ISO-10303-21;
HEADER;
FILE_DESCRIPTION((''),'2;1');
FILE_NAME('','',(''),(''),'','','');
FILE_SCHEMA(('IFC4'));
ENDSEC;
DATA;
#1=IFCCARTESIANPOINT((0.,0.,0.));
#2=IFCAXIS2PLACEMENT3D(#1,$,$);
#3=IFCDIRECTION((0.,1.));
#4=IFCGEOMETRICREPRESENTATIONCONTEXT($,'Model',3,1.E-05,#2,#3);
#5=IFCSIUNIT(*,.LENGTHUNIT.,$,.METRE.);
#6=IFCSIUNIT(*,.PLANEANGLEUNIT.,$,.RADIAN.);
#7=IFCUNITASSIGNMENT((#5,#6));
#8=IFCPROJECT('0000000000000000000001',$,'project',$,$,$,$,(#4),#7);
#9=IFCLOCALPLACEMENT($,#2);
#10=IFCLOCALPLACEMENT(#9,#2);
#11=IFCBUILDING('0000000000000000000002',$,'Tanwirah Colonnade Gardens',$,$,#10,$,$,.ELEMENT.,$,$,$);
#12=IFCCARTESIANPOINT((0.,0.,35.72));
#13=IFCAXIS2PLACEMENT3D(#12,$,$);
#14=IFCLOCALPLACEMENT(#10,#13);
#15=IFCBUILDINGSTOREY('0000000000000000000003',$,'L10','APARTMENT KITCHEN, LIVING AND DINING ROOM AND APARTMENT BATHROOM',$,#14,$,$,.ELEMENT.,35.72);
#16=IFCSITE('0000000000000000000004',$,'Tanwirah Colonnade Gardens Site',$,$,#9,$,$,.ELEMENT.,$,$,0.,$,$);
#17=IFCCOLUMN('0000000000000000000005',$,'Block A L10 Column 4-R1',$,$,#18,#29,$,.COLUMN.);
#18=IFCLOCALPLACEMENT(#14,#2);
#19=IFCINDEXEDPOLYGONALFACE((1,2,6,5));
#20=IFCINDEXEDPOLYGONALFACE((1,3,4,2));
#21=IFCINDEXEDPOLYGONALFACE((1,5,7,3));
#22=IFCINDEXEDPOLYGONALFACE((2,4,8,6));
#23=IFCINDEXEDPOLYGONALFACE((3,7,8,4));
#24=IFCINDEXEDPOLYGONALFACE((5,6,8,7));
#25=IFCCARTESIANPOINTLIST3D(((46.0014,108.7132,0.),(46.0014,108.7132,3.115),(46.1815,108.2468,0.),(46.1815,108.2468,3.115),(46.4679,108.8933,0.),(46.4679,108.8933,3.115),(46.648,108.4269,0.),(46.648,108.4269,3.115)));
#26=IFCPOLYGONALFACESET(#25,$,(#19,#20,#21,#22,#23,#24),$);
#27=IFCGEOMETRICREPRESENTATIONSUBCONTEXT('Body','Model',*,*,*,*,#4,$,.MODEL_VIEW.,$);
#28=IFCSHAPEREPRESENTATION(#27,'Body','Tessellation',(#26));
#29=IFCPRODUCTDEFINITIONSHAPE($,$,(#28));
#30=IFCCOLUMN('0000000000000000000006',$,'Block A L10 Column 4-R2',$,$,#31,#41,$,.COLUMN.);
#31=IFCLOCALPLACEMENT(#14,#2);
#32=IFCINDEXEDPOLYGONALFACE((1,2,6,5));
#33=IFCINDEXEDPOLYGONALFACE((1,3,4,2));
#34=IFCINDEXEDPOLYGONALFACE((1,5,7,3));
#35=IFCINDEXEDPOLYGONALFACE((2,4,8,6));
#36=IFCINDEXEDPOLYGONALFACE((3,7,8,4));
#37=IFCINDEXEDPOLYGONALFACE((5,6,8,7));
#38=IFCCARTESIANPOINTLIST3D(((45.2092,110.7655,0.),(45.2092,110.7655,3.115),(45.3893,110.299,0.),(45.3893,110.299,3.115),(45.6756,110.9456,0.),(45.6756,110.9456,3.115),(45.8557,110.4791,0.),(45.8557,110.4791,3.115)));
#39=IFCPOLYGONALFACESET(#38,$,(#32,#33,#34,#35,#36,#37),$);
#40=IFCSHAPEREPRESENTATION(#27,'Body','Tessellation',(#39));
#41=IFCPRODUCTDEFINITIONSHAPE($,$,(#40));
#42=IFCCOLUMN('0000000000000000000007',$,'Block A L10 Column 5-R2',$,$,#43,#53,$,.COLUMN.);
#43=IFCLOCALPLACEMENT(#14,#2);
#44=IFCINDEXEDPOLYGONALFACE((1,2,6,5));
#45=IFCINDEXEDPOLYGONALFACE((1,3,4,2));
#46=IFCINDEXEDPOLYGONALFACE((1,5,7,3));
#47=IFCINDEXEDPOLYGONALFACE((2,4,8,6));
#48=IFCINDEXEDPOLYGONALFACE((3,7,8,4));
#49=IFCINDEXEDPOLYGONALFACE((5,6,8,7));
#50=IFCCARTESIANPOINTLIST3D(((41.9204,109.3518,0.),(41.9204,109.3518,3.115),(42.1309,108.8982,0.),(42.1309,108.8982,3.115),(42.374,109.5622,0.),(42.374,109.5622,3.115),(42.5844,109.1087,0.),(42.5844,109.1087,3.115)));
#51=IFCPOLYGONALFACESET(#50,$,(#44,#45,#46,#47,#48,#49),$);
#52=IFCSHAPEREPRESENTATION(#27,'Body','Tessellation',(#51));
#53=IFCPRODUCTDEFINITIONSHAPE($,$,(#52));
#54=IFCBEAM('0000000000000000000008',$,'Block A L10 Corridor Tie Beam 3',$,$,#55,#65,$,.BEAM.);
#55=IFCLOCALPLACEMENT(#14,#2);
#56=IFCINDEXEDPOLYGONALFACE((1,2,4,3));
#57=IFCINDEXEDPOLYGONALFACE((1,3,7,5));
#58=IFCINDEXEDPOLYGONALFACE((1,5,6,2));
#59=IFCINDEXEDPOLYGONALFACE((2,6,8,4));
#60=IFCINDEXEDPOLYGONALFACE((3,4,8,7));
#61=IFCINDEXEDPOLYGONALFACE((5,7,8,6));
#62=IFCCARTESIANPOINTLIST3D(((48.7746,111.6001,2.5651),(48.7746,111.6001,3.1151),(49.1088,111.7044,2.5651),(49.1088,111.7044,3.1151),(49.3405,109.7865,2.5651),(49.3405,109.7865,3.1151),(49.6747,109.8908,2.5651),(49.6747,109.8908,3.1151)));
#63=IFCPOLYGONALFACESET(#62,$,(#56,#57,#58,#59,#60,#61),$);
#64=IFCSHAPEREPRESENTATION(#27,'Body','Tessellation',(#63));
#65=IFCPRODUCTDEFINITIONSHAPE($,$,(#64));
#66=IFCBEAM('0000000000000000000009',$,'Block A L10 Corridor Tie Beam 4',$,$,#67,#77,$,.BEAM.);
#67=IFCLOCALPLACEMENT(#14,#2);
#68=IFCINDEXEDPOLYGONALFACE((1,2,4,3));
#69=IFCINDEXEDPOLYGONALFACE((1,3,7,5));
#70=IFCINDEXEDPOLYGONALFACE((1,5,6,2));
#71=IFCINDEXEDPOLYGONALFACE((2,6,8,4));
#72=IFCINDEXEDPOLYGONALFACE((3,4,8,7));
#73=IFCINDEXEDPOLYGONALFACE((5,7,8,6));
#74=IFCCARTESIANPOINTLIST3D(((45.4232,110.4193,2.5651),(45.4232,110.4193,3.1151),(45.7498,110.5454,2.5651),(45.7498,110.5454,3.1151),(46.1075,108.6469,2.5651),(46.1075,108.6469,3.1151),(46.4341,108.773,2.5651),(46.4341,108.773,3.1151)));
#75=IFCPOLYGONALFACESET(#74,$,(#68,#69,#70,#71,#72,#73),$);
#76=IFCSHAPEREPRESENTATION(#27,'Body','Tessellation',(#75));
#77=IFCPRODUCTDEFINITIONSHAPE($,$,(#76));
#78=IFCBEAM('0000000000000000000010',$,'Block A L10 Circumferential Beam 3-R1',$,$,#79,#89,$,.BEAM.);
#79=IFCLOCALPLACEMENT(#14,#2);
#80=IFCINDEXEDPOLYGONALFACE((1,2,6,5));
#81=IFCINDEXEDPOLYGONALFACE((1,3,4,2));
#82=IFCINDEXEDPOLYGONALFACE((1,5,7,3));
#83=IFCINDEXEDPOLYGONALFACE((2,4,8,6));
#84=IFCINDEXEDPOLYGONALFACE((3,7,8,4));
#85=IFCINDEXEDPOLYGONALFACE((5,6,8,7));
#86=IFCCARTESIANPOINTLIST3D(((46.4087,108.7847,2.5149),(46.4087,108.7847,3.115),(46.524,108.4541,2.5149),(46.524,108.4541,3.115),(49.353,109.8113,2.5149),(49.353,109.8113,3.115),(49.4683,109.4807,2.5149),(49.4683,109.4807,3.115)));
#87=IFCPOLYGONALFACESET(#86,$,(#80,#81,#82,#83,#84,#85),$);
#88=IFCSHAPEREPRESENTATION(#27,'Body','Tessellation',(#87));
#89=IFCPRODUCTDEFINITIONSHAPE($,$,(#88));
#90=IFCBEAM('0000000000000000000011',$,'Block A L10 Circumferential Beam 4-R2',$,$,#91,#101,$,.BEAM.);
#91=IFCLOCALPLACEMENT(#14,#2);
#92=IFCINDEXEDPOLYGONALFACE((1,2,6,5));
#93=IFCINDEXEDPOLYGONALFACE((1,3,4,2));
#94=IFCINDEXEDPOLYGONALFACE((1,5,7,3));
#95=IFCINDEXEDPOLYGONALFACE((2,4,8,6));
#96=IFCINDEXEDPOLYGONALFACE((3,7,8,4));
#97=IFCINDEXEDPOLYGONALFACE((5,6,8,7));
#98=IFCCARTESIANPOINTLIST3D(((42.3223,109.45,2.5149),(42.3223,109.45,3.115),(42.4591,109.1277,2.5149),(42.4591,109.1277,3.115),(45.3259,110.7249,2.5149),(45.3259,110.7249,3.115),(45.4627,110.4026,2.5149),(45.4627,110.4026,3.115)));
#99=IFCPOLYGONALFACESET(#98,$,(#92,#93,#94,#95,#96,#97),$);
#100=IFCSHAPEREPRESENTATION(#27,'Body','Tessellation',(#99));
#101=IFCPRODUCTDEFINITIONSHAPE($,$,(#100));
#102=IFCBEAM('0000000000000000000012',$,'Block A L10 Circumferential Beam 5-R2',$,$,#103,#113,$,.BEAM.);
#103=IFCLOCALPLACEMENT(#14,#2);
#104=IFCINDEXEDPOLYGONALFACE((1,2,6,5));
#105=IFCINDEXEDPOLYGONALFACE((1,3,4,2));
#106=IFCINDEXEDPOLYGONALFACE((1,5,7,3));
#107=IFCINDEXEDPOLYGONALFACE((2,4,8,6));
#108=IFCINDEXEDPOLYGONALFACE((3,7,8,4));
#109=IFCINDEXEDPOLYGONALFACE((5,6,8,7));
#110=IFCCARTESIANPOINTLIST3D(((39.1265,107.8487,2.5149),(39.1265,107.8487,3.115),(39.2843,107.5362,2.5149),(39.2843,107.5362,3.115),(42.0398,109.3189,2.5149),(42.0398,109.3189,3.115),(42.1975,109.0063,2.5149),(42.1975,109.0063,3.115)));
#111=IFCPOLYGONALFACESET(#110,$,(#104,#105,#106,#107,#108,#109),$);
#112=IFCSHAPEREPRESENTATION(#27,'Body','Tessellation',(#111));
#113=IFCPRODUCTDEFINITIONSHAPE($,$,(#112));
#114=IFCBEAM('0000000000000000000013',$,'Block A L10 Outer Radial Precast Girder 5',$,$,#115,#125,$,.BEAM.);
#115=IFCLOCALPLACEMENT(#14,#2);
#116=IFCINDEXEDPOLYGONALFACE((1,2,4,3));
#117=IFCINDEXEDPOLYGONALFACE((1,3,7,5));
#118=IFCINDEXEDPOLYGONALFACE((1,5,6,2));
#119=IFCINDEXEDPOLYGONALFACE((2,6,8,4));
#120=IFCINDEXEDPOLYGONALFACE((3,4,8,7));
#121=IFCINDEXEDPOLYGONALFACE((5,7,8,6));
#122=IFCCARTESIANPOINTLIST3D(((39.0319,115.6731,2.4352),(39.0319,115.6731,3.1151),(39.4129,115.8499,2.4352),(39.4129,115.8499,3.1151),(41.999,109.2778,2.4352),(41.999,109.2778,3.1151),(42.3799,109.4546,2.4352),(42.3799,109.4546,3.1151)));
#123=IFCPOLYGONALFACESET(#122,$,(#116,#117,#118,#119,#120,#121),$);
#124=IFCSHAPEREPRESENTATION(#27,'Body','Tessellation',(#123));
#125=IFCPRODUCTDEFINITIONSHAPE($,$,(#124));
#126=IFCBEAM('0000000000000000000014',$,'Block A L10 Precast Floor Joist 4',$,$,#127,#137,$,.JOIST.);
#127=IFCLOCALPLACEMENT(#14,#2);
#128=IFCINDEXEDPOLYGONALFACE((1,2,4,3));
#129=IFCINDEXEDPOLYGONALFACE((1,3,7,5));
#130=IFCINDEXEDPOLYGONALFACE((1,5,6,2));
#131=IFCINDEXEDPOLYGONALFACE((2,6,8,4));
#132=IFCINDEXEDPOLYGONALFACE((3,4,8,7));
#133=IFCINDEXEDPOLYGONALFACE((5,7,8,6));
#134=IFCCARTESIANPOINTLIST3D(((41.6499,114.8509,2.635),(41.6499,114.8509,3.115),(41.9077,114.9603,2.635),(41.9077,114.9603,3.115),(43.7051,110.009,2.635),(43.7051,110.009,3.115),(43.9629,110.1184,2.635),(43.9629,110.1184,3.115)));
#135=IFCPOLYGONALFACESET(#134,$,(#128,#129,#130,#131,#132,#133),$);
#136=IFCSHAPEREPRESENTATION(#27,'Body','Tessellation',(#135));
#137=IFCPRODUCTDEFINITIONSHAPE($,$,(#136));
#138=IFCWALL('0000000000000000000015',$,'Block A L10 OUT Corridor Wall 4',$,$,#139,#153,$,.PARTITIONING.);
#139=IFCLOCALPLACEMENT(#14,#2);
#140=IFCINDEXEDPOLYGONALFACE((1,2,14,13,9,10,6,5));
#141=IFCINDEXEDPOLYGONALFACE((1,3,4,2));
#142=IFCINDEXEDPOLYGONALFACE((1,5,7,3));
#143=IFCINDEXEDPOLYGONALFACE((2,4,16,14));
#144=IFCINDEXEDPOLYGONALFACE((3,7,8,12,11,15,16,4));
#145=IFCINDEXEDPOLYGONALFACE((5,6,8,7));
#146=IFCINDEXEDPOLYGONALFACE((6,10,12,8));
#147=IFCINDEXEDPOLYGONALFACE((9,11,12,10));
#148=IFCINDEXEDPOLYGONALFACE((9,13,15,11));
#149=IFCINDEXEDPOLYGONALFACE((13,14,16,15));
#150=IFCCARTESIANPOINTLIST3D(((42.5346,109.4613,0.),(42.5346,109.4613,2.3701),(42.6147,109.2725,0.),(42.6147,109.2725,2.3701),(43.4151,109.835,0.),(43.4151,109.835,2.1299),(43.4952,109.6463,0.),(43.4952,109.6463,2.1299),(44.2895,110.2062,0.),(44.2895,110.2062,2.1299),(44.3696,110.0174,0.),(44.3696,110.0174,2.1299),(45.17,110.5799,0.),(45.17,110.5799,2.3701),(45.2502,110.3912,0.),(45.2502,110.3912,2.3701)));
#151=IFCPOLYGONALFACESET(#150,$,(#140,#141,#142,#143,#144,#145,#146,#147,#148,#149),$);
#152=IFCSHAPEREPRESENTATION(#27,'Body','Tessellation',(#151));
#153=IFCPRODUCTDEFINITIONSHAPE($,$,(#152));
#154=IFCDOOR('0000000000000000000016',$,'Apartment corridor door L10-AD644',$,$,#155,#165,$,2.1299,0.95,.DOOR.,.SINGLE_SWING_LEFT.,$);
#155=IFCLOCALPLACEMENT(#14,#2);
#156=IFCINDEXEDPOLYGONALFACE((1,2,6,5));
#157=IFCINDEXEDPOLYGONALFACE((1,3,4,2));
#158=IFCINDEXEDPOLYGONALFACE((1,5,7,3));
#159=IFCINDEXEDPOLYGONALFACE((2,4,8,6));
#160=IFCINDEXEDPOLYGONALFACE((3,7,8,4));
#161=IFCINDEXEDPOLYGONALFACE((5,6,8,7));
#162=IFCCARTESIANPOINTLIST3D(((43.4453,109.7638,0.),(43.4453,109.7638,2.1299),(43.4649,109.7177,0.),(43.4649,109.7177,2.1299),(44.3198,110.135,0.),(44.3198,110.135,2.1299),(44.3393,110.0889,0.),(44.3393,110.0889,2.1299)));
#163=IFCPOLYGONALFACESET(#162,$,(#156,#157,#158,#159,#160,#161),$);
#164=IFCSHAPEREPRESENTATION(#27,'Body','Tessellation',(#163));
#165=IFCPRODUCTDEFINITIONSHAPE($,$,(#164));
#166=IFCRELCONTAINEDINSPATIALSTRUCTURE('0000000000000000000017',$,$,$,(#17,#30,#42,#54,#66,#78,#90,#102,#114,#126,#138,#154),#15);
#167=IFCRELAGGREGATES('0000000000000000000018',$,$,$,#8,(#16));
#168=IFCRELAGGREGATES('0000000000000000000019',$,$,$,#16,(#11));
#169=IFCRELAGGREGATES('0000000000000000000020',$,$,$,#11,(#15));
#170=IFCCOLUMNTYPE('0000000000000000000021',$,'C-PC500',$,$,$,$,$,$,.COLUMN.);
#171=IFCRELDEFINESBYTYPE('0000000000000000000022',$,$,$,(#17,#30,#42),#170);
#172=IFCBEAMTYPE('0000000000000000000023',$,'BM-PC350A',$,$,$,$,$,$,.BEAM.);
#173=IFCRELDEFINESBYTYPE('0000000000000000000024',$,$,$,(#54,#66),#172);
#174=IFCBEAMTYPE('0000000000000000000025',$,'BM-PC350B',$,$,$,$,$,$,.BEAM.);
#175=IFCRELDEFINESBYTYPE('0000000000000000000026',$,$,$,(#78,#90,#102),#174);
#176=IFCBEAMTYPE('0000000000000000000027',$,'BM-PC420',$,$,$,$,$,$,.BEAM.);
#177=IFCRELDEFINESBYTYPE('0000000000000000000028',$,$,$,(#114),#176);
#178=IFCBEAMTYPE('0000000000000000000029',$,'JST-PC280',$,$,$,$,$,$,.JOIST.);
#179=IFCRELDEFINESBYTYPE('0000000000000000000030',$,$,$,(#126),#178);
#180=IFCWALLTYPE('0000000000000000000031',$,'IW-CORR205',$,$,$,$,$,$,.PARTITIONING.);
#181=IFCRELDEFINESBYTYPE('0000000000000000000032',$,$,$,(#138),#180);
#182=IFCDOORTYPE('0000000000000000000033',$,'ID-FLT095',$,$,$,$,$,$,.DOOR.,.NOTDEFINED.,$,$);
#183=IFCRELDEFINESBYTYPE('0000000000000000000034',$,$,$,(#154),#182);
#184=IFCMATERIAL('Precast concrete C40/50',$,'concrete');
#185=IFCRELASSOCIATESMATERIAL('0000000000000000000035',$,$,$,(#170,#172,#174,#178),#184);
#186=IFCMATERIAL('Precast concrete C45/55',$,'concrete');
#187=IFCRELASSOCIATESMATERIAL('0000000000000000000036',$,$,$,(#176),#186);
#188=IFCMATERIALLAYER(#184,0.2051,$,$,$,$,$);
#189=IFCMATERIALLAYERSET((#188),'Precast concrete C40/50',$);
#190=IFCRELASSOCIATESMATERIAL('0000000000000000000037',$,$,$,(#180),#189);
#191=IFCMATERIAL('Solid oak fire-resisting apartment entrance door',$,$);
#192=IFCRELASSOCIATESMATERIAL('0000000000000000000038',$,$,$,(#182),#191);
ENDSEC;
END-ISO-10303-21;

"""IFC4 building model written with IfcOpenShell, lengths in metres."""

from ifc_helpers import new_model, si_unit, direction, frame, frame_2d, origin, origin_2d, place, context, subcontext, project, spatial, rectangle, extrude, material, layer, layer_set, material_profile, profile_set, type_object, element, fill, save


model = new_model("IFC4")

# Units and contexts
model_context = context("Model", 3, precision=1e-05, world=origin(), true_north=direction((0.0, 1.0)))
body_context = subcontext(model_context, "Body", "Model", "MODEL_VIEW")
ifc_project = project(units=[si_unit("LENGTHUNIT", "METRE"), si_unit("PLANEANGLEUNIT", "RADIAN")], contexts=[model_context])

# Site, building, storey
site_placement = place(None, origin())
site = spatial("IfcSite", under=ifc_project, at=site_placement, Name="Tanwirah Colonnade Gardens Site", CompositionType="ELEMENT", RefElevation=0.0)
building_placement = place(site_placement, origin())
building = spatial("IfcBuilding", under=site, at=building_placement, Name="Tanwirah Colonnade Gardens", CompositionType="ELEMENT")
storey_placement = place(building_placement, frame((0.0, 0.0, 35.72)))
storey = spatial("IfcBuildingStorey", under=building, at=storey_placement, Name="L10", Description="APARTMENT KITCHEN, LIVING AND DINING ROOM AND APARTMENT BATHROOM", CompositionType="ELEMENT", Elevation=35.72)

# Columns
ifc_material_1 = material(Name="Precast concrete C40/50", Category="concrete")
ifc_material_profile_1 = material_profile(ifc_material_1, rectangle(XDim=0.5, YDim=0.5, at=origin_2d()), Name="PC-COL 500x500")
ifc_profile_set_1 = profile_set([ifc_material_profile_1], Name="Precast concrete C40/50")
column_type = type_object("IfcColumnType", Name="C-PC500", PredefinedType="COLUMN", material=ifc_profile_set_1)
for number, where, z_axis, x_axis, name in (
    (1, (46.3247, 108.5701, 0.0), (0.0, 0.0, 1.0), (-0.360178, 0.932884, 0.0), "Block A L10 Column 4-R1"),
    (2, (45.5325, 110.6223, 0.0), (0.0, 0.0, 1.0), (-0.360178, 0.932884, 0.0), "Block A L10 Column 4-R2"),
    (3, (42.2524, 109.2302, 0.0), (0.0, 0.0, 1.0), (-0.42086, 0.907126, 0.0), "Block A L10 Column 5-R2"),
):
    element("IfcColumn", number, at=place(storey_placement, frame(where, z_axis=z_axis, x_axis=x_axis)), inside=storey, type_object=column_type, Name=name, PredefinedType="COLUMN", context=body_context, shape_type="SweptSolid", body=[
        extrude(rectangle(XDim=0.5, YDim=0.5, at=origin_2d()), origin(), (0.0, 0.0, 1.0), 3.115),
    ])

# Beams
ifc_material_profile_2 = material_profile(ifc_material_1, rectangle(XDim=0.3501, YDim=0.55, at=origin_2d()), Name="PC-BM 350x550")
ifc_profile_set_2 = profile_set([ifc_material_profile_2], Name="Precast concrete C40/50")
beam_type_1 = type_object("IfcBeamType", Name="BM-PC350A", PredefinedType="BEAM", material=ifc_profile_set_2)
for number, where, z_axis, x_axis, name in (
    (4, (49.5076, 109.8386, 2.8401), (-0.297858, 0.95461, 0.0), (-0.95461, -0.297858, 0.0), "Block A L10 Corridor Tie Beam 3"),
    (5, (46.2708, 108.71, 2.8401), (-0.360176, 0.932885, 0.0), (-0.932885, -0.360176, 0.0), "Block A L10 Corridor Tie Beam 4"),
):
    element("IfcBeam", number, at=place(storey_placement, frame(where, z_axis=z_axis, x_axis=x_axis)), inside=storey, type_object=beam_type_1, Name=name, PredefinedType="BEAM", context=body_context, shape_type="SweptSolid", body=[
        extrude(rectangle(XDim=0.3501, YDim=0.55, at=origin_2d()), origin(), (0.0, 0.0, 1.0), 1.8999),
    ])
ifc_material_profile_3 = material_profile(ifc_material_1, rectangle(XDim=0.3501, YDim=0.6001, at=origin_2d()), Name="PC-BM 350x600")
ifc_profile_set_3 = profile_set([ifc_material_profile_3], Name="Precast concrete C40/50")
beam_type_2 = type_object("IfcBeamType", Name="BM-PC350B", PredefinedType="BEAM", material=ifc_profile_set_3)
beam_1_placement = place(storey_placement, frame((49.4106, 109.646, 2.8149), z_axis=(-0.944248, -0.329234, 0.0), x_axis=(0.329234, -0.944248, 0.0)))
element("IfcBeam", 6, at=beam_1_placement, inside=storey, type_object=beam_type_2, Name="Block A L10 Circumferential Beam 3-R1", PredefinedType="BEAM", context=body_context, shape_type="SweptSolid", body=[
    extrude(rectangle(XDim=0.3501, YDim=0.6001, at=origin_2d()), origin(), (0.0, 0.0, 1.0), 3.1182),
])
beam_2_placement = place(storey_placement, frame((45.3943, 110.5637, 2.8149), z_axis=(-0.920513, -0.390711, 0.0), x_axis=(0.390711, -0.920513, 0.0)))
element("IfcBeam", 7, at=beam_2_placement, inside=storey, type_object=beam_type_2, Name="Block A L10 Circumferential Beam 4-R2", PredefinedType="BEAM", context=body_context, shape_type="SweptSolid", body=[
    extrude(rectangle(XDim=0.3501, YDim=0.6001, at=origin_2d()), origin(), (0.0, 0.0, 1.0), 3.2629),
])
beam_3_placement = place(storey_placement, frame((42.1187, 109.1626, 2.8149), z_axis=(-0.89276, -0.450532, 0.0), x_axis=(0.450532, -0.89276, 0.0)))
element("IfcBeam", 8, at=beam_3_placement, inside=storey, type_object=beam_type_2, Name="Block A L10 Circumferential Beam 5-R2", PredefinedType="BEAM", context=body_context, shape_type="SweptSolid", body=[
    extrude(rectangle(XDim=0.3501, YDim=0.6001, at=origin_2d()), origin(), (0.0, 0.0, 1.0), 3.2632),
])
ifc_material_2 = material(Name="Precast concrete C45/55", Category="concrete")
ifc_material_profile_4 = material_profile(ifc_material_2, rectangle(XDim=0.4199, YDim=0.6799, at=origin_2d()), Name="PC-BM 420x680")
ifc_profile_set_4 = profile_set([ifc_material_profile_4], Name="Precast concrete C45/55")
beam_type_3 = type_object("IfcBeamType", Name="BM-PC420", PredefinedType="BEAM", material=ifc_profile_set_4)
beam_4_placement = place(storey_placement, frame((42.1895, 109.3662, 2.7751), z_axis=(-0.420856, 0.907128, 0.0), x_axis=(-0.907128, -0.420856, 0.0)))
element("IfcBeam", 9, at=beam_4_placement, inside=storey, type_object=beam_type_3, Name="Block A L10 Outer Radial Precast Girder 5", PredefinedType="BEAM", context=body_context, shape_type="SweptSolid", body=[
    extrude(rectangle(XDim=0.4199, YDim=0.6799, at=origin_2d()), origin(), (0.0, 0.0, 1.0), 7.05),
])
ifc_material_profile_5 = material_profile(ifc_material_1, rectangle(XDim=0.28, YDim=0.48, at=origin_2d()), Name="PC-JST 280x480")
ifc_profile_set_5 = profile_set([ifc_material_profile_5], Name="Precast concrete C40/50")
beam_type_4 = type_object("IfcBeamType", Name="JST-PC280", PredefinedType="JOIST", material=ifc_profile_set_5)
beam_5_placement = place(storey_placement, frame((43.834, 110.0637, 2.875), z_axis=(-0.390724, 0.920508, 0.0), x_axis=(-0.920508, -0.390724, 0.0)))
element("IfcBeam", 10, at=beam_5_placement, inside=storey, type_object=beam_type_4, Name="Block A L10 Precast Floor Joist 4", PredefinedType="JOIST", context=body_context, shape_type="SweptSolid", body=[
    extrude(rectangle(XDim=0.28, YDim=0.48, at=origin_2d()), origin(), (0.0, 0.0, 1.0), 5.26),
])

# Wall, opening, door
ifc_layer = layer(ifc_material_1, 0.2051)
ifc_layer_set = layer_set([ifc_layer], Name="Precast concrete C40/50")
wall_type = type_object("IfcWallType", Name="IW-CORR205", PredefinedType="PARTITIONING", material=ifc_layer_set)
ifc_material_3 = material(Name="Solid oak fire-resisting apartment entrance door")
wall_1_placement = place(storey_placement, frame((45.2102, 110.4856, 0.0), z_axis=(0.0, 0.0, 1.0), x_axis=(-0.920511, -0.390716, 0.0)))
wall_1 = element("IfcWall", 11, at=wall_1_placement, inside=storey, type_object=wall_type, Name="Block A L10 OUT Corridor Wall 4", PredefinedType="PARTITIONING", context=body_context, shape_type="SweptSolid", body=[
    extrude(rectangle(XDim=2.863, YDim=0.2051, at=frame_2d((1.4316, 0.0))), origin(), (0.0, 0.0, 1.0), 2.3701),
])
opening_1_placement = place(wall_1_placement, frame((0.9565, 0.0, 0.0)))
opening_1 = element("IfcOpeningElement", 12, at=opening_1_placement, cuts=wall_1, PredefinedType="OPENING", context=body_context, shape_type="SweptSolid", body=[
    extrude(rectangle(XDim=0.95, YDim=2.1299, at=frame_2d((0.4751, 1.0649))), frame((0.0, 0.1125, 0.0), z_axis=(0.0, -1.0, 0.0), x_axis=(1.0, 0.0, 0.0)), (0.0, 0.0, 1.0), 0.2251),
])
door_type_1 = type_object("IfcDoorType", Name="ID-FLT095", OperationType="NOTDEFINED", PredefinedType="DOOR", material=ifc_material_3)
door_1_placement = place(opening_1_placement, origin())
door_1 = element("IfcDoor", 13, at=door_1_placement, inside=storey, type_object=door_type_1, Name="Apartment corridor door L10-AD644", OperationType="SINGLE_SWING_LEFT", OverallHeight=2.1299, OverallWidth=0.95, PredefinedType="DOOR", context=body_context, shape_type="SweptSolid", body=[
    extrude(rectangle(XDim=0.95, YDim=2.1299, at=frame_2d((0.4751, 1.0649))), frame((0.0, 0.0249, 0.0), z_axis=(0.0, -1.0, 0.0), x_axis=(1.0, 0.0, 0.0)), (0.0, 0.0, 1.0), 0.05),
])
fill(opening_1, door_1)

save(model, "model.ifc")
